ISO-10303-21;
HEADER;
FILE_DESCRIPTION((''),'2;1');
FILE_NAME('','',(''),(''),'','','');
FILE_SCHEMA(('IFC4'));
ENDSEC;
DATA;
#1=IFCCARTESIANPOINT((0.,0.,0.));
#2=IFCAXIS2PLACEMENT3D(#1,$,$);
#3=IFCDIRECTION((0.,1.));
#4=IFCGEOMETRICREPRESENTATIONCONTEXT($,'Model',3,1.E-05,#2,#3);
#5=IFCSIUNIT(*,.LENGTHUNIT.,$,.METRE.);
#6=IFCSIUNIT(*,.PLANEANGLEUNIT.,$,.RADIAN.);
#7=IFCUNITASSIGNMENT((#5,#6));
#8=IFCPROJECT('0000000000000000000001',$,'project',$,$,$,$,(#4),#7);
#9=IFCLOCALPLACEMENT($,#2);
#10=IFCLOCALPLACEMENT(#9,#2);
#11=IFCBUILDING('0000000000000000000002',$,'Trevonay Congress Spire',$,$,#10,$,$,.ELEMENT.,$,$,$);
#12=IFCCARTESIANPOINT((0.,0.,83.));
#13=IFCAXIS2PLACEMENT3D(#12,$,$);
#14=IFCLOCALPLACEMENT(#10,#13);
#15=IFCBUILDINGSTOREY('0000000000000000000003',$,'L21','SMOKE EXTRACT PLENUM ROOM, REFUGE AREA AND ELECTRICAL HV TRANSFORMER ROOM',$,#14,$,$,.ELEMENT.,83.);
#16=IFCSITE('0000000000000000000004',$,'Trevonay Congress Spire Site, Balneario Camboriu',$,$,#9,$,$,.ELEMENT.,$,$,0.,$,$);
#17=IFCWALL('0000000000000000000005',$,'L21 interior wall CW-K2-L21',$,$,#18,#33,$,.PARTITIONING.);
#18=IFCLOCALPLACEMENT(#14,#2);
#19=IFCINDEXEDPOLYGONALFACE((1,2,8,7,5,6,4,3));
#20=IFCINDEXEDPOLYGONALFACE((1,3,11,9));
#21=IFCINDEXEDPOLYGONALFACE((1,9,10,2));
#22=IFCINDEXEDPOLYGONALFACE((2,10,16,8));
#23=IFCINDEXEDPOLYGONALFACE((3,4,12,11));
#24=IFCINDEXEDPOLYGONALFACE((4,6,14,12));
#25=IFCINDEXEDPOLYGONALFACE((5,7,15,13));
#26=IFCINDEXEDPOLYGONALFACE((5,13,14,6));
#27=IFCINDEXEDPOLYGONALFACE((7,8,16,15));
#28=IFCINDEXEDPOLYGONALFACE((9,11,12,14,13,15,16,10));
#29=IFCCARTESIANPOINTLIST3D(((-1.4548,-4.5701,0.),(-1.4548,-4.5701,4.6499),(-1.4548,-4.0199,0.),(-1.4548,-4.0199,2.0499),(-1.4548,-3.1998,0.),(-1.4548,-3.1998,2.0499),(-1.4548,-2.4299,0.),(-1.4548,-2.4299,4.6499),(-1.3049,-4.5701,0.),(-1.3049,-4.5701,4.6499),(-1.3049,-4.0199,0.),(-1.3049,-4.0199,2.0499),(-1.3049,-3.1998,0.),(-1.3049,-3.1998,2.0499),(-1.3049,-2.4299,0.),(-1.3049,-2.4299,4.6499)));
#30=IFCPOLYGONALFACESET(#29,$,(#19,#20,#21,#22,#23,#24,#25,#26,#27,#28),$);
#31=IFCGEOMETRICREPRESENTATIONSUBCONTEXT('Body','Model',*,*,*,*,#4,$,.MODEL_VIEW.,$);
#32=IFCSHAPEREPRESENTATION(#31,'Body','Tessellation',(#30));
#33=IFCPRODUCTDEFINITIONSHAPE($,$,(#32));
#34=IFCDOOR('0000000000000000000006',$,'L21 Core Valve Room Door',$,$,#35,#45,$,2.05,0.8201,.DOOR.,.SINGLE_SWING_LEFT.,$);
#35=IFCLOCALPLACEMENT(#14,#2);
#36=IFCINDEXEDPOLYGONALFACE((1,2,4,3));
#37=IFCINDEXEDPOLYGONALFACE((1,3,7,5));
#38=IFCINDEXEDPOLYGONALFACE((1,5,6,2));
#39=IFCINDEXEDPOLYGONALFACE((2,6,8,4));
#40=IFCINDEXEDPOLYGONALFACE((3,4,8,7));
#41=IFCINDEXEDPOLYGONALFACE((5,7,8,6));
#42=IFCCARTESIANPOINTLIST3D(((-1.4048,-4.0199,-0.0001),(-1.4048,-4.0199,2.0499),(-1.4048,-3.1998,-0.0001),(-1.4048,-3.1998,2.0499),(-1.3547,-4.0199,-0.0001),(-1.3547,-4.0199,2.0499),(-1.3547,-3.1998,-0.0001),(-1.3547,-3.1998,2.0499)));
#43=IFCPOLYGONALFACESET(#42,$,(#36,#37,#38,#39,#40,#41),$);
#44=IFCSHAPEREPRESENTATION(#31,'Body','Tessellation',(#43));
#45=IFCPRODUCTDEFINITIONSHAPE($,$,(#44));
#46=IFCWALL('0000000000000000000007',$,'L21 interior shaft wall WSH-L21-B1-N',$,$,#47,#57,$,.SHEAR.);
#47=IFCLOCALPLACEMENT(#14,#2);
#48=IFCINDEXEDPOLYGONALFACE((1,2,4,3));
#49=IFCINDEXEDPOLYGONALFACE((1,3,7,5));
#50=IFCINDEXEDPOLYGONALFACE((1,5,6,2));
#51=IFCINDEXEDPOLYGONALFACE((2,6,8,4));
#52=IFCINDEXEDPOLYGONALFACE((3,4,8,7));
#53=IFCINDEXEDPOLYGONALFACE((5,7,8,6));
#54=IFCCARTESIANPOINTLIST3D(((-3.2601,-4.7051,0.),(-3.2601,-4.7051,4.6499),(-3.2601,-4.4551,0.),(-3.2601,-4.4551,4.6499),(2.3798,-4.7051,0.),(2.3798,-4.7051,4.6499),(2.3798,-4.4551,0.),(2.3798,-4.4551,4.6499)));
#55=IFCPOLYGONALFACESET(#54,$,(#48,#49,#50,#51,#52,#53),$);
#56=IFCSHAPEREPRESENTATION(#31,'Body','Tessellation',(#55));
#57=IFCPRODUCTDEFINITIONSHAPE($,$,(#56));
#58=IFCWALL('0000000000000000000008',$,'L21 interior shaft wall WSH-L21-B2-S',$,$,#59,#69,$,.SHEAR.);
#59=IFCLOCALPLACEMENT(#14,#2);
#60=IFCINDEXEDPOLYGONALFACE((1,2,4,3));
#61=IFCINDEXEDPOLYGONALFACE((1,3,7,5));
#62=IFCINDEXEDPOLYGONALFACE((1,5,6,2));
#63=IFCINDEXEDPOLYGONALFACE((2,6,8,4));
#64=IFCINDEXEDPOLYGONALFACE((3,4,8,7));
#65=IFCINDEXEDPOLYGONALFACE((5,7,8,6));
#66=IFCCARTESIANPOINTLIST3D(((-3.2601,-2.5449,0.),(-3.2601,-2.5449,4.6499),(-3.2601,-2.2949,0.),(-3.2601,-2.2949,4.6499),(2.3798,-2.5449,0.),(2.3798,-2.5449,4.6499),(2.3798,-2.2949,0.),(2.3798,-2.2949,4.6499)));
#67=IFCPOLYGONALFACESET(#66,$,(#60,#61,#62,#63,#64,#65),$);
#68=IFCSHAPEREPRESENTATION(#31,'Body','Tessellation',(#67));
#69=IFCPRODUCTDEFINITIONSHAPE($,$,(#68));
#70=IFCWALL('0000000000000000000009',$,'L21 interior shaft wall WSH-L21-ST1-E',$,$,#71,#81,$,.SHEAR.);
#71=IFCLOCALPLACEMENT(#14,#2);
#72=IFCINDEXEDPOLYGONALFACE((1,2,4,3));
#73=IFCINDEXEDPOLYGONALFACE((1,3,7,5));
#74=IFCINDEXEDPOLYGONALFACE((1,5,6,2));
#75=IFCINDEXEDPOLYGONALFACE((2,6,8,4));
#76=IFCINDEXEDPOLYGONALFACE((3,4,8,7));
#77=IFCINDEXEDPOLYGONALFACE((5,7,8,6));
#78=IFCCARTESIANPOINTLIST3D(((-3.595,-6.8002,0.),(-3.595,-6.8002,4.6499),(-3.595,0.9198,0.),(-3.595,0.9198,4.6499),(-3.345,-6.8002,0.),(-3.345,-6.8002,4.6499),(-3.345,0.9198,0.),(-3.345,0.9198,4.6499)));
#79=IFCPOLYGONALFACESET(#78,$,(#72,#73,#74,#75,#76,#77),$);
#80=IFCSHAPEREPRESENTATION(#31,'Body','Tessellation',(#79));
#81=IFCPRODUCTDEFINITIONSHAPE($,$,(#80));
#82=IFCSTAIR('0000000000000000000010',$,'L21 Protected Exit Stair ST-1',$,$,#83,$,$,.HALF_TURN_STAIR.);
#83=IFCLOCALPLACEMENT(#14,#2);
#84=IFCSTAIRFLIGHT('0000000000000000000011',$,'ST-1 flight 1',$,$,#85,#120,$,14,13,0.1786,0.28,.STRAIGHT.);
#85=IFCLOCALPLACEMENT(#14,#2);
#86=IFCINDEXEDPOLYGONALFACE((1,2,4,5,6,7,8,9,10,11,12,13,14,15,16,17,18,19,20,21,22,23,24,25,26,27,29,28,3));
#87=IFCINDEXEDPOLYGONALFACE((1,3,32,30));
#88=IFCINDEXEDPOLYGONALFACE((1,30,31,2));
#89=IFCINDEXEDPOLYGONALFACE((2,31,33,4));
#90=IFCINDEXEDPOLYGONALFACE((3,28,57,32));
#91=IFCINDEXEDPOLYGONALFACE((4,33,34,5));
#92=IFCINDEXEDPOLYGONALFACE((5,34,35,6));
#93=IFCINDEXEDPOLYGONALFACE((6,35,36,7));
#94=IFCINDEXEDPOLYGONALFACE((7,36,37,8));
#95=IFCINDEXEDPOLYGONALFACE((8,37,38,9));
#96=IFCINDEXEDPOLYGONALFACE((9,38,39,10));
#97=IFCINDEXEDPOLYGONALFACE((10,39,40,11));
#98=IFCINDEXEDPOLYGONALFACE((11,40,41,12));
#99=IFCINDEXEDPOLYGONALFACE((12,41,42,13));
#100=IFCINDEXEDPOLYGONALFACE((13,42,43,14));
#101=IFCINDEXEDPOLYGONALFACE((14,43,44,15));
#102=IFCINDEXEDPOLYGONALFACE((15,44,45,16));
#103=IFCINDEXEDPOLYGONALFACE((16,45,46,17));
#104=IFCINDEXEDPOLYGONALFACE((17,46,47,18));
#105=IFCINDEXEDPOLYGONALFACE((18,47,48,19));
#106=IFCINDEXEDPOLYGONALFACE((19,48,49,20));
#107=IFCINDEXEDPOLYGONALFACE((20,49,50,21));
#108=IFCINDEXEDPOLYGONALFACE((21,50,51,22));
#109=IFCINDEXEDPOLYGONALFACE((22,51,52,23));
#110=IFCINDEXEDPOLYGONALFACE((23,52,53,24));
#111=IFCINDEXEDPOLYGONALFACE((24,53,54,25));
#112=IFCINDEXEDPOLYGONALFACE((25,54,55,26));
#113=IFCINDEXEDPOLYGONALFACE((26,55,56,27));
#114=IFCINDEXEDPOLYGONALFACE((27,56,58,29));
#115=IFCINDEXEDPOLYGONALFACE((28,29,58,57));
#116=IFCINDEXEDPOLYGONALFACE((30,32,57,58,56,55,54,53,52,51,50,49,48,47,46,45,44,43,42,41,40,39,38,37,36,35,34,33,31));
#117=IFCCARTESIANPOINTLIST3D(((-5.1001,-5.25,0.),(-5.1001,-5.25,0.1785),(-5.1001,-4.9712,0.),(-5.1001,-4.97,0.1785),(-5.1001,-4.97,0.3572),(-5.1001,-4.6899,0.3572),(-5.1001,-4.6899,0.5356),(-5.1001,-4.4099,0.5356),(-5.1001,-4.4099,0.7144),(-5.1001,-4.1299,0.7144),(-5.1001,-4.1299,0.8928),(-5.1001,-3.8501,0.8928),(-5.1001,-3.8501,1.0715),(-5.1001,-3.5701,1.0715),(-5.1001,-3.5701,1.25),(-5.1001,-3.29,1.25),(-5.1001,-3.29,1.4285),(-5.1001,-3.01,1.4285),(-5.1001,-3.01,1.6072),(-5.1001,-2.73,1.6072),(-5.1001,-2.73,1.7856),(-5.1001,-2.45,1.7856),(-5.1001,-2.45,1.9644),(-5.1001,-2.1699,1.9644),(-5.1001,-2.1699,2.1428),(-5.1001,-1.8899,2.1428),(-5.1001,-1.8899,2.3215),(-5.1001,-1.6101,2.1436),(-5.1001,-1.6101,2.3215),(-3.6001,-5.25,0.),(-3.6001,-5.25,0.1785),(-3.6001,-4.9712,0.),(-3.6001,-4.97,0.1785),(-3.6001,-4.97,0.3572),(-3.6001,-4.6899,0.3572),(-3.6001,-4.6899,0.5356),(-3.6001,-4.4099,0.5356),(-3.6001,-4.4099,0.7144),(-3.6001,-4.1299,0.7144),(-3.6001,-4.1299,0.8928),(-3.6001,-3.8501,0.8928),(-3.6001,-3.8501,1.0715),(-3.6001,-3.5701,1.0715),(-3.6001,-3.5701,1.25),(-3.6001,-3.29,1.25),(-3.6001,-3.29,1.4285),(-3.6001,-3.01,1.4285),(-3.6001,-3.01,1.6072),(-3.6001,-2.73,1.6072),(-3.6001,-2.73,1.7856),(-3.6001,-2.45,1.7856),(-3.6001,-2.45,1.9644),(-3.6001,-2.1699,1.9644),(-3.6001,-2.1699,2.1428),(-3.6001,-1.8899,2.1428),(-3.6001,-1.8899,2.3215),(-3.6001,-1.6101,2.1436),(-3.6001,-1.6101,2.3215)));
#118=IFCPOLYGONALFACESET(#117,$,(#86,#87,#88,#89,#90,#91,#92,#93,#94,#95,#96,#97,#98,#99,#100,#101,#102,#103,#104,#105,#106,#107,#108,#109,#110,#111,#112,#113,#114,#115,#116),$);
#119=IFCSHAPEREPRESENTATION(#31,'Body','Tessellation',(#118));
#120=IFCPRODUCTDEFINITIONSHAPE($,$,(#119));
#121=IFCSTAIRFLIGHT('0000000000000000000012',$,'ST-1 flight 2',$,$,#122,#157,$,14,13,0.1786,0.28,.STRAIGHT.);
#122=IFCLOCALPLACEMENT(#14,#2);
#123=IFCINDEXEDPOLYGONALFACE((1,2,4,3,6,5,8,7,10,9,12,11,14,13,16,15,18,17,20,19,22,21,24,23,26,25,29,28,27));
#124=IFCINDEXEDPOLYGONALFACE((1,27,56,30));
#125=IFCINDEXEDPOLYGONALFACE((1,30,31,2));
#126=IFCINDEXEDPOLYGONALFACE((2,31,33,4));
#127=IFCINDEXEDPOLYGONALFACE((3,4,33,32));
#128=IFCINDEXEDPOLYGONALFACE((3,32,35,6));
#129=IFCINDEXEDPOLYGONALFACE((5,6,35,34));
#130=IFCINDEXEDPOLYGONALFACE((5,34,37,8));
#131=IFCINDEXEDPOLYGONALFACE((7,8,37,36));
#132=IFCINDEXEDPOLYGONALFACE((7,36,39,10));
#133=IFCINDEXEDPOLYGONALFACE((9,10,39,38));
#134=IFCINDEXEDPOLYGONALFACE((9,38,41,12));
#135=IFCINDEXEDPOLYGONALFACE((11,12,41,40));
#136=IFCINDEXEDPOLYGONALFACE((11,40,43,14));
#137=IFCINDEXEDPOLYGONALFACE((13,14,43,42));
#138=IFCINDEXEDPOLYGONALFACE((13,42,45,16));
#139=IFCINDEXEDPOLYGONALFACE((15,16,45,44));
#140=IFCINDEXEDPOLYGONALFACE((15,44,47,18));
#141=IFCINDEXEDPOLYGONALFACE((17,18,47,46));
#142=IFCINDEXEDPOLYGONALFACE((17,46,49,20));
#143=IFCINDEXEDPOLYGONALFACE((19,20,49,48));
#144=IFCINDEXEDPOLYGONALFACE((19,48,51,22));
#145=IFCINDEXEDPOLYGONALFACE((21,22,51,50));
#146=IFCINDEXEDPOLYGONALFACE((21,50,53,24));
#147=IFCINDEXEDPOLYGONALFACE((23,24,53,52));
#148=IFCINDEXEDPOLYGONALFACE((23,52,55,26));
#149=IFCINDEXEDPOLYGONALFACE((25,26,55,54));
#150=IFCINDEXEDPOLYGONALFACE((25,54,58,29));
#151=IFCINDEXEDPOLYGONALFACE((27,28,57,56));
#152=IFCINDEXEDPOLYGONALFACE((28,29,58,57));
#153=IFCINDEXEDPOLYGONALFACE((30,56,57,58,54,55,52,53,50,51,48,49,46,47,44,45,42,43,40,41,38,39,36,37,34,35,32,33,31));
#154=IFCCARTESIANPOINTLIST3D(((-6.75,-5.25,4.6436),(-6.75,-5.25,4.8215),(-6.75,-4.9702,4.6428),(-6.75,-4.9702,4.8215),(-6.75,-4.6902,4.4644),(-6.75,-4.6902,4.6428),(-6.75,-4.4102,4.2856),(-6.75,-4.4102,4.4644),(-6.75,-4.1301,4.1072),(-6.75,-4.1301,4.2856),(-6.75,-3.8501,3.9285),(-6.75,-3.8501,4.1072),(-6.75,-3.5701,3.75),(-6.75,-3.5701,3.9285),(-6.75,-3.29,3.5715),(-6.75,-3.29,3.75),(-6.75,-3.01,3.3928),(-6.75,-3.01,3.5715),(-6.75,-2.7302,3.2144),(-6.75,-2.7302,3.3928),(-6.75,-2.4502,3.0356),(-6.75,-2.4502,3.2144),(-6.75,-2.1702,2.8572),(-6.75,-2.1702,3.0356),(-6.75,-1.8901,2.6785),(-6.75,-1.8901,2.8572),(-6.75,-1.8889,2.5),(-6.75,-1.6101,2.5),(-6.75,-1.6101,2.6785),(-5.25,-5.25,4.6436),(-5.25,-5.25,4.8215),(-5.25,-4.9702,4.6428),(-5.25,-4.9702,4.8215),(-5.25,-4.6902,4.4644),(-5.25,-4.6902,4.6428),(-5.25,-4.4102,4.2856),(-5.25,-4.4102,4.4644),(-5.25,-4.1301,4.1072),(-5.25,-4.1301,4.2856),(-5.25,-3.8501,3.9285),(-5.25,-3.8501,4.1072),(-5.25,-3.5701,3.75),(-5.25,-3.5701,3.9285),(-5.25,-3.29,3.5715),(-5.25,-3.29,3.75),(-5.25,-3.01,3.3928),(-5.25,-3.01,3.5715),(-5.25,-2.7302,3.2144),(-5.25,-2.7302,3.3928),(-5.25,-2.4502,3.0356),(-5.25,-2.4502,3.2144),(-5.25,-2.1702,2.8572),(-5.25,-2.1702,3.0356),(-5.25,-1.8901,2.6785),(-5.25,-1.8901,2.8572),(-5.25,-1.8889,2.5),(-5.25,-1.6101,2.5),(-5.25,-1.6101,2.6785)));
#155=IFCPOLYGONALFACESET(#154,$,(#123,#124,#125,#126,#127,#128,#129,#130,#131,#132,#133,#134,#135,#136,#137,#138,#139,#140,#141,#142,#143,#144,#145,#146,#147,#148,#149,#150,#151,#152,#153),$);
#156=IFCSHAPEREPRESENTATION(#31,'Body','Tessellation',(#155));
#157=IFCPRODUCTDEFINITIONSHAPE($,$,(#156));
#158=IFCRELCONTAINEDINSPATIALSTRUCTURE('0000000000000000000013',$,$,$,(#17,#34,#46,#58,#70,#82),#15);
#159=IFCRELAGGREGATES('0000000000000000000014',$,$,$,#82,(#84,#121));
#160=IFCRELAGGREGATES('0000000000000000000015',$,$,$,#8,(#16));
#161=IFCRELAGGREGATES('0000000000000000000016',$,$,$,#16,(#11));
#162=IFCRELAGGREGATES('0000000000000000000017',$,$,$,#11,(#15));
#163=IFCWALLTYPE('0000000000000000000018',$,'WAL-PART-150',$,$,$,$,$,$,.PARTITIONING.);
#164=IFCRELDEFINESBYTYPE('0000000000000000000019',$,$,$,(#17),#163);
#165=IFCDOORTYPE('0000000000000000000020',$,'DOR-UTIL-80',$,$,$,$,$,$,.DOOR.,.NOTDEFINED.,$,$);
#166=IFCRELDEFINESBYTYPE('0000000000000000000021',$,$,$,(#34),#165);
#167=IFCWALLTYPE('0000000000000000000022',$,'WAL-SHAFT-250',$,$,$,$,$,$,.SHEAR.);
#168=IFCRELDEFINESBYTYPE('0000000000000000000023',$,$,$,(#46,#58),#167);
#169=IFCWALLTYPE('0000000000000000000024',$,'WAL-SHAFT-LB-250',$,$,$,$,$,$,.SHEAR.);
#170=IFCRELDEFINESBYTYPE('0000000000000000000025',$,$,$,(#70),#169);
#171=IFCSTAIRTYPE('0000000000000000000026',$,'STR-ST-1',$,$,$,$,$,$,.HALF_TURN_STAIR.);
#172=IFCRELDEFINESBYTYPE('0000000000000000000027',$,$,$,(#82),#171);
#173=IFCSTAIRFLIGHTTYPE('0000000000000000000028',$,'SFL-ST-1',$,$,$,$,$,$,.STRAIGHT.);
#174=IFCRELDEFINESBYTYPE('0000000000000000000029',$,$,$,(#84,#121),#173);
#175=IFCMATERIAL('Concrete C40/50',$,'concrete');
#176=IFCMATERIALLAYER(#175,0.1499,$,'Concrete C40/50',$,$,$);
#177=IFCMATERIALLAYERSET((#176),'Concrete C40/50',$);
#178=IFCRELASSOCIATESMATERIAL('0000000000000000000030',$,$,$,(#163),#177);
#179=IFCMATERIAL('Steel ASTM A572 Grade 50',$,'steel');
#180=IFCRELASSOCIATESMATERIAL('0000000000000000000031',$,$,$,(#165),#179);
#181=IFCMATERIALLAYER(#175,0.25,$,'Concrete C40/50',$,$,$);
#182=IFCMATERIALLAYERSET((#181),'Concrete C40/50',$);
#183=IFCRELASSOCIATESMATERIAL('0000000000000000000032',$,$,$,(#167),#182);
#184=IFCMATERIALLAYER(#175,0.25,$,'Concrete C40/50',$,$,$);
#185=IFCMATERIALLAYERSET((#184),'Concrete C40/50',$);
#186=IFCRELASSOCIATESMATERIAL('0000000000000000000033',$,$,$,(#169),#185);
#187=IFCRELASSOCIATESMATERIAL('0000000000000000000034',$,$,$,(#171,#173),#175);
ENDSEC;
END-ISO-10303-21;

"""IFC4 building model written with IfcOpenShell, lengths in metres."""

from ifc_helpers import new_model, si_unit, direction, frame, frame_2d, origin, place, context, subcontext, project, spatial, polyline, rectangle, outline, extrude, material, layer, layer_set, type_object, element, fill, aggregate, save


model = new_model("IFC4")

# Units and contexts
model_context = context("Model", 3, precision=1e-05, world=origin(), true_north=direction((0.0, 1.0)))
body_context = subcontext(model_context, "Body", "Model", "MODEL_VIEW")
ifc_project = project(units=[si_unit("LENGTHUNIT", "METRE"), si_unit("PLANEANGLEUNIT", "RADIAN")], contexts=[model_context])

# Site, building, storey
site_placement = place(None, origin())
site = spatial("IfcSite", under=ifc_project, at=site_placement, Name="Trevonay Congress Spire Site, Balneario Camboriu", CompositionType="ELEMENT", RefElevation=0.0)
building_placement = place(site_placement, origin())
building = spatial("IfcBuilding", under=site, at=building_placement, Name="Trevonay Congress Spire", CompositionType="ELEMENT")
storey_placement = place(building_placement, frame((0.0, 0.0, 83.0)))
storey = spatial("IfcBuildingStorey", under=building, at=storey_placement, Name="L21", Description="SMOKE EXTRACT PLENUM ROOM, REFUGE AREA AND ELECTRICAL HV TRANSFORMER ROOM", CompositionType="ELEMENT", Elevation=83.0)

# Shared definitions
ifc_material_1 = material(Name="Steel ASTM A572 Grade 50", Category="steel")

# Wall, opening, door
ifc_material_2 = material(Name="Concrete C40/50", Category="concrete")
ifc_layer_1 = layer(ifc_material_2, 0.1499, Name="Concrete C40/50")
ifc_layer_set_1 = layer_set([ifc_layer_1], Name="Concrete C40/50")
wall_type_1 = type_object("IfcWallType", Name="WAL-PART-150", PredefinedType="PARTITIONING", material=ifc_layer_set_1)
wall_1_placement = place(storey_placement, frame((-1.3799, -4.5701, 0.0), z_axis=(0.0, 0.0, 1.0), x_axis=(0.0, 1.0, 0.0)))
wall_1 = element("IfcWall", 1, at=wall_1_placement, inside=storey, type_object=wall_type_1, Name="L21 interior wall CW-K2-L21", PredefinedType="PARTITIONING", context=body_context, shape_type="SweptSolid", body=[
    extrude(rectangle(XDim=2.1401, YDim=0.1499, at=frame_2d((1.0701, 0.0))), origin(), (0.0, 0.0, 1.0), 4.6499),
])
opening_1_placement = place(wall_1_placement, frame((0.55, 0.0, 0.0)))
opening_1 = element("IfcOpeningElement", 2, at=opening_1_placement, cuts=wall_1, PredefinedType="OPENING", context=body_context, shape_type="SweptSolid", body=[
    extrude(rectangle(XDim=0.8201, YDim=2.05, at=frame_2d((0.4102, 1.0249))), frame((0.0, 0.085, 0.0), z_axis=(0.0, -1.0, 0.0), x_axis=(1.0, 0.0, 0.0)), (0.0, 0.0, 1.0), 0.1699),
])
door_type_1 = type_object("IfcDoorType", Name="DOR-UTIL-80", OperationType="NOTDEFINED", PredefinedType="DOOR", material=ifc_material_1)
door_1_placement = place(opening_1_placement, origin())
door_1 = element("IfcDoor", 3, at=door_1_placement, inside=storey, type_object=door_type_1, Name="L21 Core Valve Room Door", OperationType="SINGLE_SWING_LEFT", OverallHeight=2.05, OverallWidth=0.8201, PredefinedType="DOOR", context=body_context, shape_type="SweptSolid", body=[
    extrude(rectangle(XDim=0.8201, YDim=2.05, at=frame_2d((0.4102, 1.0249))), frame((0.0, 0.0249, 0.0), z_axis=(0.0, -1.0, 0.0), x_axis=(1.0, 0.0, 0.0)), (0.0, 0.0, 1.0), 0.05),
])
fill(opening_1, door_1)

# Walls
ifc_layer_2 = layer(ifc_material_2, 0.25, Name="Concrete C40/50")
ifc_layer_set_2 = layer_set([ifc_layer_2], Name="Concrete C40/50")
wall_type_2 = type_object("IfcWallType", Name="WAL-SHAFT-250", PredefinedType="SHEAR", material=ifc_layer_set_2)
for number, where, z_axis, x_axis, name in (
    (4, (-3.26, -4.5801, 0.0), (0.0, 0.0, 1.0), (1.0, 0.0, 0.0), "L21 interior shaft wall WSH-L21-B1-N"),
    (5, (-3.26, -2.4199, 0.0), (0.0, 0.0, 1.0), (1.0, 0.0, 0.0), "L21 interior shaft wall WSH-L21-B2-S"),
):
    element("IfcWall", number, at=place(storey_placement, frame(where, z_axis=z_axis, x_axis=x_axis)), inside=storey, type_object=wall_type_2, Name=name, PredefinedType="SHEAR", context=body_context, shape_type="SweptSolid", body=[
        extrude(rectangle(XDim=5.6399, YDim=0.25, at=frame_2d((2.8198, 0.0))), origin(), (0.0, 0.0, 1.0), 4.6499),
    ])
ifc_layer_3 = layer(ifc_material_2, 0.25, Name="Concrete C40/50")
ifc_layer_set_3 = layer_set([ifc_layer_3], Name="Concrete C40/50")
wall_type_3 = type_object("IfcWallType", Name="WAL-SHAFT-LB-250", PredefinedType="SHEAR", material=ifc_layer_set_3)
wall_2_placement = place(storey_placement, frame((-3.47, -6.8, 0.0), z_axis=(0.0, 0.0, 1.0), x_axis=(0.0, 1.0, 0.0)))
element("IfcWall", 6, at=wall_2_placement, inside=storey, type_object=wall_type_3, Name="L21 interior shaft wall WSH-L21-ST1-E", PredefinedType="SHEAR", context=body_context, shape_type="SweptSolid", body=[
    extrude(rectangle(XDim=7.72, YDim=0.25, at=frame_2d((3.8599, 0.0))), origin(), (0.0, 0.0, 1.0), 4.6499),
])

# Stair, stair flights
stair_type = type_object("IfcStairType", Name="STR-ST-1", PredefinedType="HALF_TURN_STAIR", material=ifc_material_2)
stair_placement = place(storey_placement, origin())
stair = element("IfcStair", 7, at=stair_placement, inside=storey, type_object=stair_type, Name="L21 Protected Exit Stair ST-1", PredefinedType="HALF_TURN_STAIR")
stair_flight_type = type_object("IfcStairFlightType", Name="SFL-ST-1", PredefinedType="STRAIGHT", material=ifc_material_2)
stair_flight_1_placement = place(storey_placement, frame((-4.3501, -5.25, 0.0), z_axis=(0.0, 0.0, 1.0), x_axis=(0.0, 1.0, 0.0)))
stair_flight_1 = element("IfcStairFlight", 8, at=stair_flight_1_placement, type_object=stair_flight_type, Name="ST-1 flight 1", NumberOfRisers=14, NumberOfTreads=13, PredefinedType="STRAIGHT", RiserHeight=0.1786, TreadLength=0.28, context=body_context, shape_type="SweptSolid", body=[
    extrude(outline(polyline([(0.0, 0.0), (0.0, 0.1785), (0.28, 0.1785), (0.28, 0.3572), (0.5601, 0.3572), (0.5601, 0.5356), (0.8401, 0.5356), (0.8401, 0.7144), (1.1201, 0.7144), (1.1201, 0.8928), (1.3999, 0.8928), (1.3999, 1.0715), (1.6799, 1.0715), (1.6799, 1.25), (1.96, 1.25), (1.96, 1.4285), (2.24, 1.4285), (2.24, 1.6072), (2.52, 1.6072), (2.52, 1.7856), (2.8, 1.7856), (2.8, 1.9644), (3.0801, 1.9644), (3.0801, 2.1428), (3.3601, 2.1428), (3.3601, 2.3215), (3.6399, 2.3215), (3.6399, 2.5), (3.6399, 2.1436), (0.2788, 0.0), (0.0, 0.0)])), frame((0.0, 0.75, 0.0), z_axis=(0.0, -1.0, 0.0), x_axis=(1.0, 0.0, 0.0)), (0.0, 0.0, 1.0), 1.5),
])
stair_flight_2_placement = place(storey_placement, frame((-6.0, -1.6101, 2.5), z_axis=(0.0, 0.0, 1.0), x_axis=(0.0, -1.0, 0.0)))
stair_flight_2 = element("IfcStairFlight", 9, at=stair_flight_2_placement, type_object=stair_flight_type, Name="ST-1 flight 2", NumberOfRisers=14, NumberOfTreads=13, PredefinedType="STRAIGHT", RiserHeight=0.1786, TreadLength=0.28, context=body_context, shape_type="SweptSolid", body=[
    extrude(outline(polyline([(0.0, 0.0), (0.0, 0.1785), (0.28, 0.1785), (0.28, 0.3572), (0.5601, 0.3572), (0.5601, 0.5356), (0.8401, 0.5356), (0.8401, 0.7144), (1.1201, 0.7144), (1.1201, 0.8928), (1.3999, 0.8928), (1.3999, 1.0715), (1.6799, 1.0715), (1.6799, 1.25), (1.96, 1.25), (1.96, 1.4285), (2.24, 1.4285), (2.24, 1.6072), (2.52, 1.6072), (2.52, 1.7856), (2.8, 1.7856), (2.8, 1.9644), (3.0801, 1.9644), (3.0801, 2.1428), (3.3601, 2.1428), (3.3601, 2.3215), (3.6399, 2.3215), (3.6399, 2.5), (3.6399, 2.1436), (0.2788, 0.0), (0.0, 0.0)])), frame((0.0, 0.75, 0.0), z_axis=(0.0, -1.0, 0.0), x_axis=(1.0, 0.0, 0.0)), (0.0, 0.0, 1.0), 1.5),
])
aggregate(stair, [stair_flight_1, stair_flight_2])

save(model, "model.ifc")
